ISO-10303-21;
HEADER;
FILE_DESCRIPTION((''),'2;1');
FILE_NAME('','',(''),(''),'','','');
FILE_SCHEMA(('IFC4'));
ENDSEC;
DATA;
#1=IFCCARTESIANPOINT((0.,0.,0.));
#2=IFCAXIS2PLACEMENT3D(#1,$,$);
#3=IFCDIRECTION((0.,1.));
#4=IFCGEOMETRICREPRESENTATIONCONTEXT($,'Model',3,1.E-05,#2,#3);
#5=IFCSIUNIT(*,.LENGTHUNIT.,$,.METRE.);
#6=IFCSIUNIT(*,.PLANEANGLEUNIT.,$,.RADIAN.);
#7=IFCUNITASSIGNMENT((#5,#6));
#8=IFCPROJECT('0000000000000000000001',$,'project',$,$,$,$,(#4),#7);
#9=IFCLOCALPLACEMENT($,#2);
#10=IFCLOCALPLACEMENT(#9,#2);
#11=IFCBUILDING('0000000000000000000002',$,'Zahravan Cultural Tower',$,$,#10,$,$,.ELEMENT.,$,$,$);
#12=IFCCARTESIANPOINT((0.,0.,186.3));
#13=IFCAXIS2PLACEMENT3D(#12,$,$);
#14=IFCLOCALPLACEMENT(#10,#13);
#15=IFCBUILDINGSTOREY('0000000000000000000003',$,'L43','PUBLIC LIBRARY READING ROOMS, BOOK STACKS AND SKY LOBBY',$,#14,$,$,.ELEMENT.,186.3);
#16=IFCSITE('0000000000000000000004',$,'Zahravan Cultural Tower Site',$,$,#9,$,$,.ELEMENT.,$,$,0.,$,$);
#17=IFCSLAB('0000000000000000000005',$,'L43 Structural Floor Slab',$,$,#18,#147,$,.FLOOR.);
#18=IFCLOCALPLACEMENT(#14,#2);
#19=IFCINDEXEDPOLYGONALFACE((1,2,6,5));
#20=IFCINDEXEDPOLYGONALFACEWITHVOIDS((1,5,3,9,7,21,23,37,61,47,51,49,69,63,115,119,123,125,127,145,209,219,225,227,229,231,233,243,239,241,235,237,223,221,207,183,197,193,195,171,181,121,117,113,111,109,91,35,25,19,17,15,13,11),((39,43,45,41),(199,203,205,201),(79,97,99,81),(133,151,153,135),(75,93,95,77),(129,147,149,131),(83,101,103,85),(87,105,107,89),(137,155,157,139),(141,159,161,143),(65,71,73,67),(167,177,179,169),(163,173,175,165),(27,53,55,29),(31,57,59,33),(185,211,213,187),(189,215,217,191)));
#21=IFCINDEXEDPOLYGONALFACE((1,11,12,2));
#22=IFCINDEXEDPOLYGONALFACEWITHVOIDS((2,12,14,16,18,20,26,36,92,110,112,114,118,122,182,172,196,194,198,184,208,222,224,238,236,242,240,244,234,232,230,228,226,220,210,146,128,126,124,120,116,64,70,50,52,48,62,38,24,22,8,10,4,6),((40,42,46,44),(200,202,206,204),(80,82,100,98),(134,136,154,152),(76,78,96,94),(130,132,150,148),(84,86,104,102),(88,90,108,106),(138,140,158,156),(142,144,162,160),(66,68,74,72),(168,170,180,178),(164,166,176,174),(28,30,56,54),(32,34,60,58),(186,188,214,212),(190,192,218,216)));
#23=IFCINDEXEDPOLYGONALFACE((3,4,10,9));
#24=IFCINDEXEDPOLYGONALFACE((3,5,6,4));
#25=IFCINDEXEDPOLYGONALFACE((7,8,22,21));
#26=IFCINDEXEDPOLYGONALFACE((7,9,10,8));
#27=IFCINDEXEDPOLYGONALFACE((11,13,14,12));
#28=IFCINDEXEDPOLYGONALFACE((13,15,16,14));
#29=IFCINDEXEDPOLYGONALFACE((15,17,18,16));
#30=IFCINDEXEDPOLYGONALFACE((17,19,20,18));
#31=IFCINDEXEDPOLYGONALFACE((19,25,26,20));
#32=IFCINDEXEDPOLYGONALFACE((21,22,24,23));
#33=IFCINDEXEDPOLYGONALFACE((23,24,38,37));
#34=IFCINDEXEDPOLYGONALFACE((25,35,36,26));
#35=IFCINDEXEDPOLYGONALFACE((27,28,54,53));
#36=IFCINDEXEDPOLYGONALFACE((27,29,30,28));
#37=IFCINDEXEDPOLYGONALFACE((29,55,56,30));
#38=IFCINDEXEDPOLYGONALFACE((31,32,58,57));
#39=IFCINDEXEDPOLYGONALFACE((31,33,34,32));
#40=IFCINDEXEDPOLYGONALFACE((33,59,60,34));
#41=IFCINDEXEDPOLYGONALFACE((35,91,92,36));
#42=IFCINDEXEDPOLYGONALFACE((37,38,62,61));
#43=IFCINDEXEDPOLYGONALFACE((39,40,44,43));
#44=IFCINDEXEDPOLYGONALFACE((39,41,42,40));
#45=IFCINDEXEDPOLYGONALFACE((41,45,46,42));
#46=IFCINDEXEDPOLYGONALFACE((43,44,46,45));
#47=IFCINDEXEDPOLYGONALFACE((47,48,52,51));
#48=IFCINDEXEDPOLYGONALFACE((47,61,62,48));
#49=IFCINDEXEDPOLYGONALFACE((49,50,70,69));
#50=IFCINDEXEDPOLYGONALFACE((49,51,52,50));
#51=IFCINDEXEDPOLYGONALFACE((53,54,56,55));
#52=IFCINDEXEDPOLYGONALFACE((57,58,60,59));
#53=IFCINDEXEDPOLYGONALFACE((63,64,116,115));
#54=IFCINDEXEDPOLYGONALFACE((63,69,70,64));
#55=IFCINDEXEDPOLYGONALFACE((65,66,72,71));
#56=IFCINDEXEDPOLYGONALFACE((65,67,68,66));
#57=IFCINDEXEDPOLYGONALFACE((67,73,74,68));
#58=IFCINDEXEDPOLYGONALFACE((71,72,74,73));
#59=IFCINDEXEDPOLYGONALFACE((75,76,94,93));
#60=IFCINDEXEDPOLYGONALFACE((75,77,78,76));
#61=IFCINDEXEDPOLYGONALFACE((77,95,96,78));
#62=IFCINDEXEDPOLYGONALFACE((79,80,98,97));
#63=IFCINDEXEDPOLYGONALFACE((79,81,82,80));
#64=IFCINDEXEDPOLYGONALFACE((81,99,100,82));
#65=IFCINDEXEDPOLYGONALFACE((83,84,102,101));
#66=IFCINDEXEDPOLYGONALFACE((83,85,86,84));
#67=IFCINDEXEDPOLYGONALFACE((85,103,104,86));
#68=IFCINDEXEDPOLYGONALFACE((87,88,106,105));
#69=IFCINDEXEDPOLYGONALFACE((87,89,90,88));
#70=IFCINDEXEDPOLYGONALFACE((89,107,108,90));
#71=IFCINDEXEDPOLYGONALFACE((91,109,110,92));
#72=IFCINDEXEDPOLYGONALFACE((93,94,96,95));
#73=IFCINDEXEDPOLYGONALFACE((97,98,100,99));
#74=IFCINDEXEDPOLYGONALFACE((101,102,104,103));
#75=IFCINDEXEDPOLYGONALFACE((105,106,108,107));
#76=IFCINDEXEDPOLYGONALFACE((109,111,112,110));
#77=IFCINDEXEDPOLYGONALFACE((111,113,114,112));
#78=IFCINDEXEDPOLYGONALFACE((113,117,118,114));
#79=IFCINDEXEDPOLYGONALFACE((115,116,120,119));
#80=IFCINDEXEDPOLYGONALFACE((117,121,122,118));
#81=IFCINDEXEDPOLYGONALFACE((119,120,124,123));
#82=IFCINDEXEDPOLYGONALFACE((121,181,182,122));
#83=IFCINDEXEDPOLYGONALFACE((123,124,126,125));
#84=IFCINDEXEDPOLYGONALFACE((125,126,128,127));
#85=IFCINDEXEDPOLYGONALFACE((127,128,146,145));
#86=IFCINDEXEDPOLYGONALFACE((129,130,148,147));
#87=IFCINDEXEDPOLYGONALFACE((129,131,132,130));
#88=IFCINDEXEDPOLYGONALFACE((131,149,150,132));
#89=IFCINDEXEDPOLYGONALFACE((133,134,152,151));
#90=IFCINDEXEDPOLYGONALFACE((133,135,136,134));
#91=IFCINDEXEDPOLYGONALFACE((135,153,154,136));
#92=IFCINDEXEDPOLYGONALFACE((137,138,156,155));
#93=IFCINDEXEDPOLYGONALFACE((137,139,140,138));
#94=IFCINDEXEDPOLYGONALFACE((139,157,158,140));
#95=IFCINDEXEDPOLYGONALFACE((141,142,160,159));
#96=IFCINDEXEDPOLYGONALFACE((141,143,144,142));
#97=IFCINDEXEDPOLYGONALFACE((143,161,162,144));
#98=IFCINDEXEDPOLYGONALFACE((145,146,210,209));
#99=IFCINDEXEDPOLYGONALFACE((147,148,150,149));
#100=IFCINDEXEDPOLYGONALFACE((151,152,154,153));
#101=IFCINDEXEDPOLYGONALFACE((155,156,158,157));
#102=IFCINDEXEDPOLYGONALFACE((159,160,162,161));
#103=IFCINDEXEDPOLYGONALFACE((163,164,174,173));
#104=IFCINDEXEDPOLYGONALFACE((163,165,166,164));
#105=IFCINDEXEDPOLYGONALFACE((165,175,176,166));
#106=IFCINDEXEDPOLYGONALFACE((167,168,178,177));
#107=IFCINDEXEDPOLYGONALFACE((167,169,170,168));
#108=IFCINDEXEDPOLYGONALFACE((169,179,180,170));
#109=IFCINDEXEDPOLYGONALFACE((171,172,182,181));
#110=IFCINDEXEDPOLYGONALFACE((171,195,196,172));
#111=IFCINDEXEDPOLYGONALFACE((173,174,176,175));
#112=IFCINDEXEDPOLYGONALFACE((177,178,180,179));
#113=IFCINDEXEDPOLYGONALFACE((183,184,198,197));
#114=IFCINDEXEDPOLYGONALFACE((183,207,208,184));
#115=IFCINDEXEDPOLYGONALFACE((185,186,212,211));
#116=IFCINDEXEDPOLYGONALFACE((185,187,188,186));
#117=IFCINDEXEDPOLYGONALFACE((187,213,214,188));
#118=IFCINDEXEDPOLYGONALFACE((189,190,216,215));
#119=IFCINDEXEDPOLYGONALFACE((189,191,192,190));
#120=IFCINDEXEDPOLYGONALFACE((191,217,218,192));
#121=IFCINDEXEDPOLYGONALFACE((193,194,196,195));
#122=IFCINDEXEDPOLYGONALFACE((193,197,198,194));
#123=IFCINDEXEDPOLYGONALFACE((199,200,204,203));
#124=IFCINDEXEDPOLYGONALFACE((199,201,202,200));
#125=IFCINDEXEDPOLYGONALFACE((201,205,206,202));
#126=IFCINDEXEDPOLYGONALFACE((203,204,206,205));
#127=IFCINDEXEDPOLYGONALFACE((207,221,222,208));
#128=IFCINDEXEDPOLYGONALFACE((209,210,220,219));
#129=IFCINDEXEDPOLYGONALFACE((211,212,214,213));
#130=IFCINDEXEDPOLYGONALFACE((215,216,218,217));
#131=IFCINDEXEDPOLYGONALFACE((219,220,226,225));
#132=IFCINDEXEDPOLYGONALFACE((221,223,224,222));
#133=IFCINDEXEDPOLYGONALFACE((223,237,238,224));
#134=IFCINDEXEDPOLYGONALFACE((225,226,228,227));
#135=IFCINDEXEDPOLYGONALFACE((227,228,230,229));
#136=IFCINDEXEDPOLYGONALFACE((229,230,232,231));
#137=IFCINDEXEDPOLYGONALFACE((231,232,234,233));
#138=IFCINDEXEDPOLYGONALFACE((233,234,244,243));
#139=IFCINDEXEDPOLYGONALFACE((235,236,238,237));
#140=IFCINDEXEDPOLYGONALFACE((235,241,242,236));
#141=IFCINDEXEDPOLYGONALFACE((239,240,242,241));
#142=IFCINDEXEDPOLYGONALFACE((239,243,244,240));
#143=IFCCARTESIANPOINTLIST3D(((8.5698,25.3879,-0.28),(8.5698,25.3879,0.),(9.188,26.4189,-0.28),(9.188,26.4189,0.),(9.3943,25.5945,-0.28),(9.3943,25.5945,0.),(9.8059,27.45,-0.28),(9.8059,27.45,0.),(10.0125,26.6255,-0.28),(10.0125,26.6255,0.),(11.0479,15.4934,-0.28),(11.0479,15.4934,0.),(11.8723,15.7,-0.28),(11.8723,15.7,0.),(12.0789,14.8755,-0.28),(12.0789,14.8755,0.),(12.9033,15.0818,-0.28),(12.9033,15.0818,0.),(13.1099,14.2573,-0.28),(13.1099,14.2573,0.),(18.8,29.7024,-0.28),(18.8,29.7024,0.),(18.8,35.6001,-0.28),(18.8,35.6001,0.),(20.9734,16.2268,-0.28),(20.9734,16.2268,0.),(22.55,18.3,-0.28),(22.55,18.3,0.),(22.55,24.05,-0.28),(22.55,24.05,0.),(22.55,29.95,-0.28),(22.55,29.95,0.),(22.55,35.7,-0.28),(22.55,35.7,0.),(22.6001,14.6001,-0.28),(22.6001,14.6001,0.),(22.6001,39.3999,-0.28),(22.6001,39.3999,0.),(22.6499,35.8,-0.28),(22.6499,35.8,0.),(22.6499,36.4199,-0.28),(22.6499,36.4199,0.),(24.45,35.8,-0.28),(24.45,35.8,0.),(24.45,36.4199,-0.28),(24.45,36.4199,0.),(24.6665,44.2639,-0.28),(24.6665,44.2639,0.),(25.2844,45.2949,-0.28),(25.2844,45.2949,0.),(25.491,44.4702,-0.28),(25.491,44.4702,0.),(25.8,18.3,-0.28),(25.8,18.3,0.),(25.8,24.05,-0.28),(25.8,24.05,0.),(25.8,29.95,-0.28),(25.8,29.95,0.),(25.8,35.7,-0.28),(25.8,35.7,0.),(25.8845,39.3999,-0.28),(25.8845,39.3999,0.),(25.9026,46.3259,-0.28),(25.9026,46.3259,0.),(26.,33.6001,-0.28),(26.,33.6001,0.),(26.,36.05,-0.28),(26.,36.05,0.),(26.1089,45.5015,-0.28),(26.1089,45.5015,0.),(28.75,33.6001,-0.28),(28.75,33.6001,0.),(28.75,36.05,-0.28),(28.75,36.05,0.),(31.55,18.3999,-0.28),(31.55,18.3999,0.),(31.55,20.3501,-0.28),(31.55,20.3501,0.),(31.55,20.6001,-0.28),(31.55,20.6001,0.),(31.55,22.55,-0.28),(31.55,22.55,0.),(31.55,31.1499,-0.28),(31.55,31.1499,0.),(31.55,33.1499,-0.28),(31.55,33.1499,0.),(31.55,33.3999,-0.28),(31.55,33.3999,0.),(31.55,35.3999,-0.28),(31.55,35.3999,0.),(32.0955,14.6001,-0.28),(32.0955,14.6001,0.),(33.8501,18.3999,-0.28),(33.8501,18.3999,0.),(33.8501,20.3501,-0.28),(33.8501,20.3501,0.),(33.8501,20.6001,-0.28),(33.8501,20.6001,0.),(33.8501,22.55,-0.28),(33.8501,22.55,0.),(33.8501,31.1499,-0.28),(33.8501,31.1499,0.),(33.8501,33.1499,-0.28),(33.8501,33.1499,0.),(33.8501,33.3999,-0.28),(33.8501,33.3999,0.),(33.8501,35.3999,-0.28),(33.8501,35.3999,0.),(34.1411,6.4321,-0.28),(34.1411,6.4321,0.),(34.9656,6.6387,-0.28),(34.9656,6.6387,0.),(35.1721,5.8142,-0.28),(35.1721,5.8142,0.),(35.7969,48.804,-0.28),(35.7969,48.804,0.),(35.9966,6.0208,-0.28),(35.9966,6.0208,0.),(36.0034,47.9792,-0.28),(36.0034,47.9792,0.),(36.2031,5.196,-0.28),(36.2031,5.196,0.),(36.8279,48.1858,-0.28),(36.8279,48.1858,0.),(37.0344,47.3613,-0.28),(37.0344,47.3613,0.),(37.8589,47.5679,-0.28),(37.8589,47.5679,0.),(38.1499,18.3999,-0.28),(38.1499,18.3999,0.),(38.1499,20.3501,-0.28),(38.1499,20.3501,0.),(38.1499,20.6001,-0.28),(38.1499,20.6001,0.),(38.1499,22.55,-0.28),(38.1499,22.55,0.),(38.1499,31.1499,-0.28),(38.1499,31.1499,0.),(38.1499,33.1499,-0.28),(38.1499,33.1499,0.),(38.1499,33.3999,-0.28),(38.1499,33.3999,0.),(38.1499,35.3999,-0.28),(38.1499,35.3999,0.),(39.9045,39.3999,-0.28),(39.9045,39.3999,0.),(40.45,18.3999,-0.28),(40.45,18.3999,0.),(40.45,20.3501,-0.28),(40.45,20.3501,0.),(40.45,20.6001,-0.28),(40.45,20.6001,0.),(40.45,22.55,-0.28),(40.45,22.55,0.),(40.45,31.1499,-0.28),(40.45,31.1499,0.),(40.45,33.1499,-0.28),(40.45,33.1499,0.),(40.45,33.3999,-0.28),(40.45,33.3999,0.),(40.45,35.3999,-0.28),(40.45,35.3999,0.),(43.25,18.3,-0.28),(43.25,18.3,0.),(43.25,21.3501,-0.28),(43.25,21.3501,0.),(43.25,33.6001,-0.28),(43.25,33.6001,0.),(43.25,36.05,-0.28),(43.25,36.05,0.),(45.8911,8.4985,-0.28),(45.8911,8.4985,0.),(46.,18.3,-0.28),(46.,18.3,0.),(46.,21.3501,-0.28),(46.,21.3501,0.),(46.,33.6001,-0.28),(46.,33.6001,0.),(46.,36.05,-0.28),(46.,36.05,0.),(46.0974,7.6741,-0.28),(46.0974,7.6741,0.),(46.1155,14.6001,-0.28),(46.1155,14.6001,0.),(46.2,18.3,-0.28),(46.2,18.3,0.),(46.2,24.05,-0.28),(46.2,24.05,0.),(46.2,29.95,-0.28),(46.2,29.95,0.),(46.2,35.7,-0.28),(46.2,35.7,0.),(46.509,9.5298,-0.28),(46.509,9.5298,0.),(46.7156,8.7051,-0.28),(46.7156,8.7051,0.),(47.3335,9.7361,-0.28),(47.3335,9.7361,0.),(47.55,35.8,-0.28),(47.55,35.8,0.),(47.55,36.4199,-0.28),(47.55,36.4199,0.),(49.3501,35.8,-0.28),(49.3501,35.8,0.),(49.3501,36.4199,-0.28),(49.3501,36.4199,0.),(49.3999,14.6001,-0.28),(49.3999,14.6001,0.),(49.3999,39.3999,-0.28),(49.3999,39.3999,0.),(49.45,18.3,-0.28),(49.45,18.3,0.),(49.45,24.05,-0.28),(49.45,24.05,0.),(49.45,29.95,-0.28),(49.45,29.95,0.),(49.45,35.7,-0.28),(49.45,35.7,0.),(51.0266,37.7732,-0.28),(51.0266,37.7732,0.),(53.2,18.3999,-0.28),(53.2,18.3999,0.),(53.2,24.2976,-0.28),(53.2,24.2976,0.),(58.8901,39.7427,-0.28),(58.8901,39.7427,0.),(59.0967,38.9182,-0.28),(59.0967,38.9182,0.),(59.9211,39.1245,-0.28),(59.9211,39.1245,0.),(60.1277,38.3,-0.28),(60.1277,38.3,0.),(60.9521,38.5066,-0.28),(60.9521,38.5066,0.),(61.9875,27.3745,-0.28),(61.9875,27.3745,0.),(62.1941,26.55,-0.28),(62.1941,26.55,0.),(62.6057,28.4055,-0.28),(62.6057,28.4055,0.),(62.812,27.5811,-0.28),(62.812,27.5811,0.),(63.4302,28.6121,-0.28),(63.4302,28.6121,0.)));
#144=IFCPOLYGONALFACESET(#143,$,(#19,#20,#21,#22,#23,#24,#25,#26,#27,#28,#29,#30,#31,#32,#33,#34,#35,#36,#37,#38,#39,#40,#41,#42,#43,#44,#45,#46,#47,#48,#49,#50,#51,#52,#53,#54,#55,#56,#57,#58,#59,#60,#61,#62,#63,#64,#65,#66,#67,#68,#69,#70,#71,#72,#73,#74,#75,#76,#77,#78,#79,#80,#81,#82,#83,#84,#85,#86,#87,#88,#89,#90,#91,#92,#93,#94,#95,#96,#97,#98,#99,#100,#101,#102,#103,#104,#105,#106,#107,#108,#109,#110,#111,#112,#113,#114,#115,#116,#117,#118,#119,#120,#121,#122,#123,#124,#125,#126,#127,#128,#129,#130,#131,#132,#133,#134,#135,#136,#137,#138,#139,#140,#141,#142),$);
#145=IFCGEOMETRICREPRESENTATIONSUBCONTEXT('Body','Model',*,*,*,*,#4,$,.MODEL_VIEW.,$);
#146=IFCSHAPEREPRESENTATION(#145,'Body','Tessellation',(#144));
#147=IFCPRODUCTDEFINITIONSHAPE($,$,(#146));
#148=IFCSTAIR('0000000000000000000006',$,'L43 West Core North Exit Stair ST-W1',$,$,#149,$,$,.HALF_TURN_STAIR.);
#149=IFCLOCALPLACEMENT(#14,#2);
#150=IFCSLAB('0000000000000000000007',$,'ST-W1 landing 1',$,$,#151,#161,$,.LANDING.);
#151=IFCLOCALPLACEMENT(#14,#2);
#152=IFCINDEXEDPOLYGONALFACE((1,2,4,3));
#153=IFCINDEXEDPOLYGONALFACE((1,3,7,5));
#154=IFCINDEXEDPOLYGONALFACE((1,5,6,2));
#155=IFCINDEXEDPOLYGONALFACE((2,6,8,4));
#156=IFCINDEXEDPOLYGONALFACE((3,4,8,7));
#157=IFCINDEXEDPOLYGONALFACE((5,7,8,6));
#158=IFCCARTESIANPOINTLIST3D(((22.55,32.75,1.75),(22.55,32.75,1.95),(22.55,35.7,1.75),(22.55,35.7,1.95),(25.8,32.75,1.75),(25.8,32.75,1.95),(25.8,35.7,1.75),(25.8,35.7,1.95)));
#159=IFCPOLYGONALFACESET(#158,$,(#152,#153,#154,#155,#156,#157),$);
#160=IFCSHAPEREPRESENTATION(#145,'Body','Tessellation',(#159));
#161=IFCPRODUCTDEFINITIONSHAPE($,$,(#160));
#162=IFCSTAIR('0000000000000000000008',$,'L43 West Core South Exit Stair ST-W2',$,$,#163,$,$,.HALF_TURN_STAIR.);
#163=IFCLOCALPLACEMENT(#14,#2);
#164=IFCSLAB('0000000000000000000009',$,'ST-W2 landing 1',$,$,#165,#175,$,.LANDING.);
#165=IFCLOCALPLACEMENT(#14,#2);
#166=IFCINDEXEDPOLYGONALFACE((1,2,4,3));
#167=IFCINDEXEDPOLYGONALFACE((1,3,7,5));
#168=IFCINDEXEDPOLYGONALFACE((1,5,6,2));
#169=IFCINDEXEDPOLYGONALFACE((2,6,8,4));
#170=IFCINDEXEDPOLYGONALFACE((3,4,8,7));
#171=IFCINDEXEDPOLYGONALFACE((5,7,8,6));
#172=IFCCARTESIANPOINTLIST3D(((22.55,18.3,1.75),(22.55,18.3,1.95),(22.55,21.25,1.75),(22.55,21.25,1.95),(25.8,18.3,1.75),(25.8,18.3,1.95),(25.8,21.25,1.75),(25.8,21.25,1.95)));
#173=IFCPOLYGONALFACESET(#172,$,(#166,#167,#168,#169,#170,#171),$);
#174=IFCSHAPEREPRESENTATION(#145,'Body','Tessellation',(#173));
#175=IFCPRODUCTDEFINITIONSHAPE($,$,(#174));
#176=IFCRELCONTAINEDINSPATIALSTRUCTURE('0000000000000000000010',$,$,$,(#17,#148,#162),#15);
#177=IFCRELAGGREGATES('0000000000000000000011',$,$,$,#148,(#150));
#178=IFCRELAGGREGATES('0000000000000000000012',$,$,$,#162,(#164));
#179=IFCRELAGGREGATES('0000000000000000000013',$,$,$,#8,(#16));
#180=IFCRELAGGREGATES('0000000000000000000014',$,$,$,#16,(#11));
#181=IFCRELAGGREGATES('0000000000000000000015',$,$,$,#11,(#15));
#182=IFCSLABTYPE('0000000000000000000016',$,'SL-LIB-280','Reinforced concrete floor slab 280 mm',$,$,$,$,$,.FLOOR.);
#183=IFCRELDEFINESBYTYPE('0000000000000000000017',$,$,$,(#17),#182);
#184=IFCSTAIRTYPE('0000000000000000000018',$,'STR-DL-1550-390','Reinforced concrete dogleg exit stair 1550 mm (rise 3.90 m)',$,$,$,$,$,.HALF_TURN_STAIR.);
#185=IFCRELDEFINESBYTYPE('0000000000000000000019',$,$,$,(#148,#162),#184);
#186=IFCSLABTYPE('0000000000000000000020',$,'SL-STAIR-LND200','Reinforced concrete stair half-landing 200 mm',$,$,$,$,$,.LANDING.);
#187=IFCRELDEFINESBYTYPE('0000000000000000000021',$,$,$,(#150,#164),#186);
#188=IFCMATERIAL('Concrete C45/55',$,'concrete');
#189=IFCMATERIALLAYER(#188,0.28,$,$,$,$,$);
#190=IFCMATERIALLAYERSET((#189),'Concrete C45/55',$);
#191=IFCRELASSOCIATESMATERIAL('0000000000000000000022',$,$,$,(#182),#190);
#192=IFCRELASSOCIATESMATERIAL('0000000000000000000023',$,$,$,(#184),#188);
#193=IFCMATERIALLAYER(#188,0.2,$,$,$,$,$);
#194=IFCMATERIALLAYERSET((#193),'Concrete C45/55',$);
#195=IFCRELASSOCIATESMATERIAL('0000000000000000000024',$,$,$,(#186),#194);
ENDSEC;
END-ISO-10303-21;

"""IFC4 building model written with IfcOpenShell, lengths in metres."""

from ifc_helpers import new_model, si_unit, direction, frame, origin, place, context, subcontext, project, spatial, polyline, outline, extrude, material, layer, layer_set, type_object, element, aggregate, save


model = new_model("IFC4")

# Units and contexts
model_context = context("Model", 3, precision=1e-05, world=origin(), true_north=direction((0.0, 1.0)))
body_context = subcontext(model_context, "Body", "Model", "MODEL_VIEW")
ifc_project = project(units=[si_unit("LENGTHUNIT", "METRE"), si_unit("PLANEANGLEUNIT", "RADIAN")], contexts=[model_context])

# Site, building, storey
site_placement = place(None, origin())
site = spatial("IfcSite", under=ifc_project, at=site_placement, Name="Zahravan Cultural Tower Site", CompositionType="ELEMENT", RefElevation=0.0)
building_placement = place(site_placement, origin())
building = spatial("IfcBuilding", under=site, at=building_placement, Name="Zahravan Cultural Tower", CompositionType="ELEMENT")
storey_placement = place(building_placement, frame((0.0, 0.0, 186.3)))
storey = spatial("IfcBuildingStorey", under=building, at=storey_placement, Name="L43", Description="PUBLIC LIBRARY READING ROOMS, BOOK STACKS AND SKY LOBBY", CompositionType="ELEMENT", Elevation=186.3)

# Slab
ifc_material_1 = material(Name="Concrete C45/55", Category="concrete")
ifc_layer_1 = layer(ifc_material_1, 0.28)
ifc_layer_set_1 = layer_set([ifc_layer_1], Name="Concrete C45/55")
slab_type_1 = type_object("IfcSlabType", Name="SL-LIB-280", Description="Reinforced concrete floor slab 280 mm", PredefinedType="FLOOR", material=ifc_layer_set_1)
slab_1_placement = place(storey_placement, frame((0.0, 0.0, -0.28)))
element("IfcSlab", 1, at=slab_1_placement, inside=storey, type_object=slab_type_1, Name="L43 Structural Floor Slab", PredefinedType="FLOOR", context=body_context, shape_type="SweptSolid", body=[
    extrude(outline(polyline([(51.0266, 37.7732), (49.3999, 39.3999), (39.9045, 39.3999), (37.8589, 47.5679), (37.0344, 47.3613), (36.8279, 48.1858), (36.0034, 47.9792), (35.7969, 48.804), (25.9026, 46.3259), (26.1089, 45.5015), (25.2844, 45.2949), (25.491, 44.4702), (24.6665, 44.2639), (25.8845, 39.3999), (22.6001, 39.3999), (18.8, 35.6001), (18.8, 29.7024), (9.8059, 27.45), (10.0125, 26.6255), (9.188, 26.4189), (9.3943, 25.5945), (8.5698, 25.3879), (11.0479, 15.4934), (11.8723, 15.7), (12.0789, 14.8755), (12.9033, 15.0818), (13.1099, 14.2573), (20.9734, 16.2268), (22.6001, 14.6001), (32.0955, 14.6001), (34.1411, 6.4321), (34.9656, 6.6387), (35.1721, 5.8142), (35.9966, 6.0208), (36.2031, 5.196), (46.0974, 7.6741), (45.8911, 8.4985), (46.7156, 8.7051), (46.509, 9.5298), (47.3335, 9.7361), (46.1155, 14.6001), (49.3999, 14.6001), (53.2, 18.3999), (53.2, 24.2976), (62.1941, 26.55), (61.9875, 27.3745), (62.812, 27.5811), (62.6057, 28.4055), (63.4302, 28.6121), (60.9521, 38.5066), (60.1277, 38.3), (59.9211, 39.1245), (59.0967, 38.9182), (58.8901, 39.7427), (51.0266, 37.7732)]), holes=[polyline([(22.55, 29.95), (22.55, 35.7), (25.8, 35.7), (25.8, 29.95), (22.55, 29.95)]), polyline([(22.55, 18.3), (22.55, 24.05), (25.8, 24.05), (25.8, 18.3), (22.55, 18.3)]), polyline([(46.2, 29.95), (46.2, 35.7), (49.45, 35.7), (49.45, 29.95), (46.2, 29.95)]), polyline([(46.2, 18.3), (46.2, 24.05), (49.45, 24.05), (49.45, 18.3), (46.2, 18.3)]), polyline([(26.0, 33.6001), (26.0, 36.05), (28.75, 36.05), (28.75, 33.6001), (26.0, 33.6001)]), polyline([(43.25, 33.6001), (43.25, 36.05), (46.0, 36.05), (46.0, 33.6001), (43.25, 33.6001)]), polyline([(43.25, 18.3), (43.25, 21.3501), (46.0, 21.3501), (46.0, 18.3), (43.25, 18.3)]), polyline([(31.55, 33.3999), (31.55, 35.3999), (33.8501, 35.3999), (33.8501, 33.3999), (31.55, 33.3999)]), polyline([(31.55, 31.1499), (31.55, 33.1499), (33.8501, 33.1499), (33.8501, 31.1499), (31.55, 31.1499)]), polyline([(38.1499, 33.3999), (38.1499, 35.3999), (40.45, 35.3999), (40.45, 33.3999), (38.1499, 33.3999)]), polyline([(38.1499, 31.1499), (38.1499, 33.1499), (40.45, 33.1499), (40.45, 31.1499), (38.1499, 31.1499)]), polyline([(31.55, 20.6001), (31.55, 22.55), (33.8501, 22.55), (33.8501, 20.6001), (31.55, 20.6001)]), polyline([(31.55, 18.3999), (31.55, 20.3501), (33.8501, 20.3501), (33.8501, 18.3999), (31.55, 18.3999)]), polyline([(38.1499, 20.6001), (38.1499, 22.55), (40.45, 22.55), (40.45, 20.6001), (38.1499, 20.6001)]), polyline([(38.1499, 18.3999), (38.1499, 20.3501), (40.45, 20.3501), (40.45, 18.3999), (38.1499, 18.3999)]), polyline([(22.6499, 35.8), (22.6499, 36.4199), (24.45, 36.4199), (24.45, 35.8), (22.6499, 35.8)]), polyline([(47.55, 35.8), (47.55, 36.4199), (49.3501, 36.4199), (49.3501, 35.8), (47.55, 35.8)])]), origin(), (0.0, 0.0, 1.0), 0.28),
])

# Stairs, slabs
stair_type = type_object("IfcStairType", Name="STR-DL-1550-390", Description="Reinforced concrete dogleg exit stair 1550 mm (rise 3.90 m)", PredefinedType="HALF_TURN_STAIR", material=ifc_material_1)
stair_1_placement = place(storey_placement, origin())
stair_1 = element("IfcStair", 2, at=stair_1_placement, inside=storey, type_object=stair_type, Name="L43 West Core North Exit Stair ST-W1", PredefinedType="HALF_TURN_STAIR")
ifc_layer_2 = layer(ifc_material_1, 0.2)
ifc_layer_set_2 = layer_set([ifc_layer_2], Name="Concrete C45/55")
slab_type_2 = type_object("IfcSlabType", Name="SL-STAIR-LND200", Description="Reinforced concrete stair half-landing 200 mm", PredefinedType="LANDING", material=ifc_layer_set_2)
slab_2_placement = place(storey_placement, frame((0.0, 0.0, 1.75)))
slab_2 = element("IfcSlab", 3, at=slab_2_placement, type_object=slab_type_2, Name="ST-W1 landing 1", PredefinedType="LANDING", context=body_context, shape_type="SweptSolid", body=[
    extrude(outline(polyline([(25.8, 32.75), (25.8, 35.7), (22.55, 35.7), (22.55, 32.75), (25.8, 32.75)])), origin(), (0.0, 0.0, 1.0), 0.2),
])
aggregate(stair_1, [slab_2])
stair_2_placement = place(storey_placement, origin())
stair_2 = element("IfcStair", 4, at=stair_2_placement, inside=storey, type_object=stair_type, Name="L43 West Core South Exit Stair ST-W2", PredefinedType="HALF_TURN_STAIR")
slab_3_placement = place(storey_placement, frame((0.0, 0.0, 1.75)))
slab_3 = element("IfcSlab", 5, at=slab_3_placement, type_object=slab_type_2, Name="ST-W2 landing 1", PredefinedType="LANDING", context=body_context, shape_type="SweptSolid", body=[
    extrude(outline(polyline([(22.55, 21.25), (22.55, 18.3), (25.8, 18.3), (25.8, 21.25), (22.55, 21.25)])), origin(), (0.0, 0.0, 1.0), 0.2),
])
aggregate(stair_2, [slab_3])

save(model, "model.ifc")
